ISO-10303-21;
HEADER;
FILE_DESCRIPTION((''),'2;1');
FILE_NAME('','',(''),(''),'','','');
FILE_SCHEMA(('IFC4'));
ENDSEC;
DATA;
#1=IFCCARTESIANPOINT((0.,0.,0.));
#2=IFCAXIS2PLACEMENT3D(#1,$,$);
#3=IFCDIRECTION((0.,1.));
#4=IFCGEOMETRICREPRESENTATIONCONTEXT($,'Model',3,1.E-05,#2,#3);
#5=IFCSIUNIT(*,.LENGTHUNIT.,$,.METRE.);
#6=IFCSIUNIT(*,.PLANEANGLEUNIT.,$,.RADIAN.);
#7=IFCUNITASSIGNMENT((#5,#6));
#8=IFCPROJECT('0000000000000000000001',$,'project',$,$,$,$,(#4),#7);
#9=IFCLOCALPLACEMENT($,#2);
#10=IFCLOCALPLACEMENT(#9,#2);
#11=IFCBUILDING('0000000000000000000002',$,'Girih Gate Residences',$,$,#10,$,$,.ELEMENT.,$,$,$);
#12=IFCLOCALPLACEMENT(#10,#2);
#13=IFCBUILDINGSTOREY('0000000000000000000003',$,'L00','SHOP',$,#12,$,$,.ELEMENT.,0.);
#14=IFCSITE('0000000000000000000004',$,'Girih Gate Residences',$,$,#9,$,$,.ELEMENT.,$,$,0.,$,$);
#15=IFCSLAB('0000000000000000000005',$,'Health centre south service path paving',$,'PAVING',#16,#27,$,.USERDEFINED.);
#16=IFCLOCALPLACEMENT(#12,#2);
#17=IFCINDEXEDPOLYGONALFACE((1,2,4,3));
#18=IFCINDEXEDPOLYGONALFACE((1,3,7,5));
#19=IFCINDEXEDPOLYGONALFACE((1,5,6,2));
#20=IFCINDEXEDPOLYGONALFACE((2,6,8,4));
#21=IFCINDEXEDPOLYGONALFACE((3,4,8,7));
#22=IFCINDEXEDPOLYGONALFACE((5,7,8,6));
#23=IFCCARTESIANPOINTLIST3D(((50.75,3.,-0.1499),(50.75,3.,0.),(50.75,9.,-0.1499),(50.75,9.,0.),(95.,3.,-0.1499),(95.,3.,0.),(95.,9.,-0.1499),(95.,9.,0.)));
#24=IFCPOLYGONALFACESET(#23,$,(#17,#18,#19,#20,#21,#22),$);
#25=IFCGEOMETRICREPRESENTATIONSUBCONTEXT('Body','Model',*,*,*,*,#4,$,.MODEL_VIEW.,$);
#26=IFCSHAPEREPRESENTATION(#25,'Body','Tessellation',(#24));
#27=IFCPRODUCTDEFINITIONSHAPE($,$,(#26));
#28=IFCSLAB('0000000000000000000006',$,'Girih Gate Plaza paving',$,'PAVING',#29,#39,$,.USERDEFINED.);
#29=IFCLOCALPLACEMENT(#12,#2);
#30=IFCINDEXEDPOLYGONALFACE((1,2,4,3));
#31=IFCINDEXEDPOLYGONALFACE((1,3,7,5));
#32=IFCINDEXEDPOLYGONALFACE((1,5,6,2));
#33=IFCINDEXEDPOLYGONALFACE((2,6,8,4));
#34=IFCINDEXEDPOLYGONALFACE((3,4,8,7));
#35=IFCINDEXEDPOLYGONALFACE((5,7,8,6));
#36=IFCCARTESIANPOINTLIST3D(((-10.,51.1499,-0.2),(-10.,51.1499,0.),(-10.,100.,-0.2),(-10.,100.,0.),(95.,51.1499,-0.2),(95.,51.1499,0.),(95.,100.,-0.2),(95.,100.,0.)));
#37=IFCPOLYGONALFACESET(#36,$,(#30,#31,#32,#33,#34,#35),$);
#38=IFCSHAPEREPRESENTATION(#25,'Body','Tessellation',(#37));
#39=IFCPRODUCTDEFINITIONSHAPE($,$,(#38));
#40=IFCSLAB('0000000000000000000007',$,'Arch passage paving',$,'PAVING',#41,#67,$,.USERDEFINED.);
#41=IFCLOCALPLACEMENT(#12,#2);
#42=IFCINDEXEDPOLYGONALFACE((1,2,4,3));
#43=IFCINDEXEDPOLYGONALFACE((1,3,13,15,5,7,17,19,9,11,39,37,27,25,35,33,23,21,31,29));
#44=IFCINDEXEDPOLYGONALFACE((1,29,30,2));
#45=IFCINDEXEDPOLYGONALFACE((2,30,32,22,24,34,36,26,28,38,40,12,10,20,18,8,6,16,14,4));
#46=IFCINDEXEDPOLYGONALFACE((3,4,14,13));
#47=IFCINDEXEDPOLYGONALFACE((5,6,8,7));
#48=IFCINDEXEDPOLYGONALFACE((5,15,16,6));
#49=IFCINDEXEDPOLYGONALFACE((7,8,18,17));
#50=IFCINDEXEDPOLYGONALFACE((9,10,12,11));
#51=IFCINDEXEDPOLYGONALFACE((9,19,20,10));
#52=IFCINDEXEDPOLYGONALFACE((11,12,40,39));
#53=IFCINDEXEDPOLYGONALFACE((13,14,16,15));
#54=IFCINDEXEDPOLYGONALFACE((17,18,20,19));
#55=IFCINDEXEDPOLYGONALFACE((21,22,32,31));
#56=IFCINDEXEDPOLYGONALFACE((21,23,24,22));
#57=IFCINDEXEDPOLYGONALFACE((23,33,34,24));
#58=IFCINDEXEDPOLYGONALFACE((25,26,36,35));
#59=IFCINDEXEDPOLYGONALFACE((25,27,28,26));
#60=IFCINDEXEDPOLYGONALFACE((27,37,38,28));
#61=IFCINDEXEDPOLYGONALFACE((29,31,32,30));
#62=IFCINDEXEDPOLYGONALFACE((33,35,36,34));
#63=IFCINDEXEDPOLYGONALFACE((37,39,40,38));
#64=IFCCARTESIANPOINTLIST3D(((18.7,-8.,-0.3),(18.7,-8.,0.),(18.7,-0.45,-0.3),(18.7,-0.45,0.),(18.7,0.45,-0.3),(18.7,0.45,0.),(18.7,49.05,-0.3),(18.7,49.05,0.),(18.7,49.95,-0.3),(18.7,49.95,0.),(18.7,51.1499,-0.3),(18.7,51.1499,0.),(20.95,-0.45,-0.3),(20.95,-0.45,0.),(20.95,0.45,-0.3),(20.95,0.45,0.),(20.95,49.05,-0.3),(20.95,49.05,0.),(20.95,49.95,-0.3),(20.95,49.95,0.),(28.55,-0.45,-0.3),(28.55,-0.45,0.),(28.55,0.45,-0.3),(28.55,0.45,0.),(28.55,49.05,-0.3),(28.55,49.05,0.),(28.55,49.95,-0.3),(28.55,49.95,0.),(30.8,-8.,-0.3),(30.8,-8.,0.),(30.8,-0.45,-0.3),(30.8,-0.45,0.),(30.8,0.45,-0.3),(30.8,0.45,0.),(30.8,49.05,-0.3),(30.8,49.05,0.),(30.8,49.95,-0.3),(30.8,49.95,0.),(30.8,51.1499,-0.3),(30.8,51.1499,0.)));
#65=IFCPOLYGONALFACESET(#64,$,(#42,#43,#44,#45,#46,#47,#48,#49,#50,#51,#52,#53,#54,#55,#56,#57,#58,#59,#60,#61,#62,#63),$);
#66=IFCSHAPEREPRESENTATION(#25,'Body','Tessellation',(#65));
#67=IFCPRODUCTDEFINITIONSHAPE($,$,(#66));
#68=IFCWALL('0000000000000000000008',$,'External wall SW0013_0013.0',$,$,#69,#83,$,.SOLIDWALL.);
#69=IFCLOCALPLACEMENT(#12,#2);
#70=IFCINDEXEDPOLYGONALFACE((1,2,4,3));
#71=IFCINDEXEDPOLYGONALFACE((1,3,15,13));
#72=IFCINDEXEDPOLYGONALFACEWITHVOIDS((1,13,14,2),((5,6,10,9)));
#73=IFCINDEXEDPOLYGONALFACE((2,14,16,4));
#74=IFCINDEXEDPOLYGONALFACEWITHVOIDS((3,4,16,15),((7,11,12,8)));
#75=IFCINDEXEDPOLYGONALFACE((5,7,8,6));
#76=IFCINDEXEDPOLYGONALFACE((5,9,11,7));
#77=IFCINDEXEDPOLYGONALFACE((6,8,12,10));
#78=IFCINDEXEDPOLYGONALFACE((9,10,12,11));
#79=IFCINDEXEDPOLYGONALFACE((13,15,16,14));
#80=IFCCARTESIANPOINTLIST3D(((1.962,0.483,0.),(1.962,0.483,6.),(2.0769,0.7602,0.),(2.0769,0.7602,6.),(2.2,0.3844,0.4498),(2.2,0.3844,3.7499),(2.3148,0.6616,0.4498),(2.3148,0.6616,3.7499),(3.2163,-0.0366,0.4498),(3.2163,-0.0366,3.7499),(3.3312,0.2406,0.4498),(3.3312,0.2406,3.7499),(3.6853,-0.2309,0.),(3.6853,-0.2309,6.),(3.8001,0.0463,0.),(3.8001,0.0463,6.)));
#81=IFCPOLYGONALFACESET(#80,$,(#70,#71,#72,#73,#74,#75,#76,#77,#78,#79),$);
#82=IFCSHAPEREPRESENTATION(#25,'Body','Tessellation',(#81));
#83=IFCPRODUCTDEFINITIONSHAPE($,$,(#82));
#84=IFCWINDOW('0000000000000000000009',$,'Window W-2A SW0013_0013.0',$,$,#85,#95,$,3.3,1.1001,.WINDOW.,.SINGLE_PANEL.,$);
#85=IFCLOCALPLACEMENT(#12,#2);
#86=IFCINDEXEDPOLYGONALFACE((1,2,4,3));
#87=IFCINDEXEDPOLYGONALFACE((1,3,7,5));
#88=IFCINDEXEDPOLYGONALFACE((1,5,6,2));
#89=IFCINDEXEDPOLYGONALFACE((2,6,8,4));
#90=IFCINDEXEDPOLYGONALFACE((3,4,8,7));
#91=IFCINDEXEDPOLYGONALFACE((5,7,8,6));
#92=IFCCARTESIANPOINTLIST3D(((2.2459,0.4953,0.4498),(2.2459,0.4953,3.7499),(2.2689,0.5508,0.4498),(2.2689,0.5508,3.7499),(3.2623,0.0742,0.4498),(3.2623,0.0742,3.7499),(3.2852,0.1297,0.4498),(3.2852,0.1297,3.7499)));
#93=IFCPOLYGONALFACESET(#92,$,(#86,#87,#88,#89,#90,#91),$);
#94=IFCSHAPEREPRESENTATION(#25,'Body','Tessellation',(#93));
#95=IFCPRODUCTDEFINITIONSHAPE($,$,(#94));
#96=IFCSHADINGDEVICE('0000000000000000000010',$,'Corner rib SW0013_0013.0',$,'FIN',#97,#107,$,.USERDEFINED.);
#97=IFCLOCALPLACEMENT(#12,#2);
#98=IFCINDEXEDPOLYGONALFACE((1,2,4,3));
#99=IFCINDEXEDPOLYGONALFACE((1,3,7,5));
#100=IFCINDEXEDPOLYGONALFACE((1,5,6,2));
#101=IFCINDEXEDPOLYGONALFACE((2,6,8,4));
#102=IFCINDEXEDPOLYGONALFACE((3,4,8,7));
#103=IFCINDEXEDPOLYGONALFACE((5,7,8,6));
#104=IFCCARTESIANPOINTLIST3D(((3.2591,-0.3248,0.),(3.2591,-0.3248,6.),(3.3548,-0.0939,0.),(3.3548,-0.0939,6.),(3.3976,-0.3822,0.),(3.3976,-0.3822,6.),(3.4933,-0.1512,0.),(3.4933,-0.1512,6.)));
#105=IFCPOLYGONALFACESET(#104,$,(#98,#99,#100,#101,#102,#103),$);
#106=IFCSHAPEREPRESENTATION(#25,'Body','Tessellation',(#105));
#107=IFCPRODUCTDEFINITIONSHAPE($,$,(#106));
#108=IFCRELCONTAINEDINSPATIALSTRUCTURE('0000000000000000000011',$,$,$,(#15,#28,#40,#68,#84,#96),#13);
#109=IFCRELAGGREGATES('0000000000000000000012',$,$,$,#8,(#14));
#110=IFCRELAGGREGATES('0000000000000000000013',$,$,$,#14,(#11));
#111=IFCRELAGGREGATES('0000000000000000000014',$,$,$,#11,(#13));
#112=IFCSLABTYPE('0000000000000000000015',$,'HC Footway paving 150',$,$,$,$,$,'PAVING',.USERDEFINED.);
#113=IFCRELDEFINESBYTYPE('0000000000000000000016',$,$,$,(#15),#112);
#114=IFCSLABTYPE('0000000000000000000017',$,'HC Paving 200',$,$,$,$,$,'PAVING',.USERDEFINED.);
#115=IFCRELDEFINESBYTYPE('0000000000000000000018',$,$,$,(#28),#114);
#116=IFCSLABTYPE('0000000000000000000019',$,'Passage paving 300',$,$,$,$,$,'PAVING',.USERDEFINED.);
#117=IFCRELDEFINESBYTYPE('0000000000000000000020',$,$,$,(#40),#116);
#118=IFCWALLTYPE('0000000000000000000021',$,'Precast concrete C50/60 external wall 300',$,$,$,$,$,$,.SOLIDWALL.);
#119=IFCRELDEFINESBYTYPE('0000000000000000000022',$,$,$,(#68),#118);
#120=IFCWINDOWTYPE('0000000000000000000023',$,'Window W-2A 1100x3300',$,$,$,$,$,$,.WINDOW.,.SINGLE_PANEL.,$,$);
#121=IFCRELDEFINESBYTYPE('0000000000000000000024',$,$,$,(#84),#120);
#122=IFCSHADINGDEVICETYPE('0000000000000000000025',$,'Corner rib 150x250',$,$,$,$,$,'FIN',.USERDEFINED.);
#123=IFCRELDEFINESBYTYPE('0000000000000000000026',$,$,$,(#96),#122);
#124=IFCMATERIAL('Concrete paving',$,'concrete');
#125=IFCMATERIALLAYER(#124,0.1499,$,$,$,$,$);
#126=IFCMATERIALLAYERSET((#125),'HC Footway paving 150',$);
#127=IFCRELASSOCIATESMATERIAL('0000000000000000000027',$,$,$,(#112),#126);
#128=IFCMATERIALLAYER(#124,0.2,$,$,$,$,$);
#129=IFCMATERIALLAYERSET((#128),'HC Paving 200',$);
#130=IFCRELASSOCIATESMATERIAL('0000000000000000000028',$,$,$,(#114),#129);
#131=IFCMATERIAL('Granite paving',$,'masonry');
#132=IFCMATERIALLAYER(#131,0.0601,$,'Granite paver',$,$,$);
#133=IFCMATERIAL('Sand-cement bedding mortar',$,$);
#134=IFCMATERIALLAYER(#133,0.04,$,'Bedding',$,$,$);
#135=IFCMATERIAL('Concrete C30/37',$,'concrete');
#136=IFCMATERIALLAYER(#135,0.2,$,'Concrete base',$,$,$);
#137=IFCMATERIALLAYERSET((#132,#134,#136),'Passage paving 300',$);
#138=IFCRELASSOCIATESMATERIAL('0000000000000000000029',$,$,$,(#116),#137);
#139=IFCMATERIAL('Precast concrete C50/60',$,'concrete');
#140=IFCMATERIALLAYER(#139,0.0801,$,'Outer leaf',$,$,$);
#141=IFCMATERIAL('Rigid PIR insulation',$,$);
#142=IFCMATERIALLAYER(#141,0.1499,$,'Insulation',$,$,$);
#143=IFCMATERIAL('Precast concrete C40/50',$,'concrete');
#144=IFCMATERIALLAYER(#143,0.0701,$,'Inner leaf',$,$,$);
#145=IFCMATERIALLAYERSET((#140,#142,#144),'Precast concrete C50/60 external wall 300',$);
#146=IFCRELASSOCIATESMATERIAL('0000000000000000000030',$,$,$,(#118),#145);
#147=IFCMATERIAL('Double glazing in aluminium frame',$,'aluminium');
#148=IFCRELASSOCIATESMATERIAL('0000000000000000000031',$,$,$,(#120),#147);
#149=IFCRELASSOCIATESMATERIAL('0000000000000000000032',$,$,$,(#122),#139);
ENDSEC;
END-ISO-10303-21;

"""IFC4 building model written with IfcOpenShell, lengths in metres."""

from ifc_helpers import new_model, si_unit, direction, frame, frame_2d, origin, origin_2d, place, context, subcontext, project, spatial, polyline, rectangle, outline, extrude, material, layer, layer_set, type_object, element, fill, save


model = new_model("IFC4")

# Units and contexts
model_context = context("Model", 3, precision=1e-05, world=origin(), true_north=direction((0.0, 1.0)))
body_context = subcontext(model_context, "Body", "Model", "MODEL_VIEW")
ifc_project = project(units=[si_unit("LENGTHUNIT", "METRE"), si_unit("PLANEANGLEUNIT", "RADIAN")], contexts=[model_context])

# Site, building, storey
site_placement = place(None, origin())
site = spatial("IfcSite", under=ifc_project, at=site_placement, Name="Girih Gate Residences", CompositionType="ELEMENT", RefElevation=0.0)
building_placement = place(site_placement, origin())
building = spatial("IfcBuilding", under=site, at=building_placement, Name="Girih Gate Residences", CompositionType="ELEMENT")
storey_placement = place(building_placement, origin())
storey = spatial("IfcBuildingStorey", under=building, at=storey_placement, Name="L00", Description="SHOP", CompositionType="ELEMENT", Elevation=0.0)

# Slabs
ifc_material_1 = material(Name="Granite paving", Category="masonry")
ifc_material_2 = material(Name="Sand-cement bedding mortar")
ifc_material_3 = material(Name="Concrete C30/37", Category="concrete")
ifc_material_4 = material(Name="Concrete paving", Category="concrete")
ifc_layer_1 = layer(ifc_material_4, 0.1499)
ifc_layer_set_1 = layer_set([ifc_layer_1], Name="HC Footway paving 150")
slab_type_1 = type_object("IfcSlabType", Name="HC Footway paving 150", ElementType="PAVING", PredefinedType="USERDEFINED", material=ifc_layer_set_1)
slab_1_placement = place(storey_placement, frame((0.0, 0.0, -0.1499)))
element("IfcSlab", 1, at=slab_1_placement, inside=storey, type_object=slab_type_1, Name="Health centre south service path paving", ObjectType="PAVING", PredefinedType="USERDEFINED", context=body_context, shape_type="SweptSolid", body=[
    extrude(outline(polyline([(50.75, 3.0), (95.0, 3.0), (95.0, 9.0), (50.75, 9.0), (50.75, 3.0)])), origin(), (0.0, 0.0, 1.0), 0.1499),
])
ifc_layer_2 = layer(ifc_material_4, 0.2)
ifc_layer_set_2 = layer_set([ifc_layer_2], Name="HC Paving 200")
slab_type_2 = type_object("IfcSlabType", Name="HC Paving 200", ElementType="PAVING", PredefinedType="USERDEFINED", material=ifc_layer_set_2)
slab_2_placement = place(storey_placement, frame((0.0, 0.0, -0.2)))
element("IfcSlab", 2, at=slab_2_placement, inside=storey, type_object=slab_type_2, Name="Girih Gate Plaza paving", ObjectType="PAVING", PredefinedType="USERDEFINED", context=body_context, shape_type="SweptSolid", body=[
    extrude(outline(polyline([(-10.0, 51.1499), (95.0, 51.1499), (95.0, 100.0), (-10.0, 100.0), (-10.0, 51.1499)])), origin(), (0.0, 0.0, 1.0), 0.2),
])
ifc_layer_3 = layer(ifc_material_1, 0.0601, Name="Granite paver")
ifc_layer_4 = layer(ifc_material_2, 0.04, Name="Bedding")
ifc_layer_5 = layer(ifc_material_3, 0.2, Name="Concrete base")
ifc_layer_set_3 = layer_set([ifc_layer_3, ifc_layer_4, ifc_layer_5], Name="Passage paving 300")
slab_type_3 = type_object("IfcSlabType", Name="Passage paving 300", ElementType="PAVING", PredefinedType="USERDEFINED", material=ifc_layer_set_3)
slab_3_placement = place(storey_placement, frame((0.0, 0.0, -0.3)))
element("IfcSlab", 3, at=slab_3_placement, inside=storey, type_object=slab_type_3, Name="Arch passage paving", ObjectType="PAVING", PredefinedType="USERDEFINED", context=body_context, shape_type="SweptSolid", body=[
    extrude(outline(polyline([(28.55, 0.45), (28.55, -0.45), (30.8, -0.45), (30.8, -8.0), (18.7, -8.0), (18.7, -0.45), (20.95, -0.45), (20.95, 0.45), (18.7, 0.45), (18.7, 49.05), (20.95, 49.05), (20.95, 49.95), (18.7, 49.95), (18.7, 51.1499), (30.8, 51.1499), (30.8, 49.95), (28.55, 49.95), (28.55, 49.05), (30.8, 49.05), (30.8, 0.45), (28.55, 0.45)])), origin(), (0.0, 0.0, 1.0), 0.3),
])

# Wall, opening, window
ifc_material_5 = material(Name="Precast concrete C50/60", Category="concrete")
ifc_layer_6 = layer(ifc_material_5, 0.0801, Name="Outer leaf")
ifc_material_6 = material(Name="Rigid PIR insulation")
ifc_layer_7 = layer(ifc_material_6, 0.1499, Name="Insulation")
ifc_material_7 = material(Name="Precast concrete C40/50", Category="concrete")
ifc_layer_8 = layer(ifc_material_7, 0.0701, Name="Inner leaf")
ifc_layer_set_4 = layer_set([ifc_layer_6, ifc_layer_7, ifc_layer_8], Name="Precast concrete C50/60 external wall 300")
wall_type = type_object("IfcWallType", Name="Precast concrete C50/60 external wall 300", PredefinedType="SOLIDWALL", material=ifc_layer_set_4)
wall_placement = place(storey_placement, frame((3.7427, -0.0923, 0.0), z_axis=(0.0, 0.0, 1.0), x_axis=(-0.923857, 0.382737, 0.0)))
wall = element("IfcWall", 4, at=wall_placement, inside=storey, type_object=wall_type, Name="External wall SW0013_0013.0", PredefinedType="SOLIDWALL", context=body_context, shape_type="SweptSolid", body=[
    extrude(rectangle(XDim=1.8652, YDim=0.3, at=frame_2d((0.9326, 0.0))), origin(), (0.0, 0.0, 1.0), 6.0),
])
opening_placement = place(wall_placement, frame((0.5076, 0.0, 0.45)))
opening = element("IfcOpeningElement", 5, at=opening_placement, cuts=wall, PredefinedType="OPENING", context=body_context, shape_type="SweptSolid", body=[
    extrude(rectangle(XDim=1.1001, YDim=3.3, at=frame_2d((0.55, 1.6499))), frame((0.0, 0.1599, 0.0), z_axis=(0.0, -1.0, 0.0), x_axis=(1.0, 0.0, 0.0)), (0.0, 0.0, 1.0), 0.3201),
])
ifc_material_8 = material(Name="Double glazing in aluminium frame", Category="aluminium")
window_type = type_object("IfcWindowType", Name="Window W-2A 1100x3300", PartitioningType="SINGLE_PANEL", PredefinedType="WINDOW", material=ifc_material_8)
window_placement = place(opening_placement, origin())
window = element("IfcWindow", 6, at=window_placement, inside=storey, type_object=window_type, Name="Window W-2A SW0013_0013.0", OverallHeight=3.3, OverallWidth=1.1001, PartitioningType="SINGLE_PANEL", PredefinedType="WINDOW", context=body_context, shape_type="SweptSolid", body=[
    extrude(rectangle(XDim=1.1001, YDim=3.3, at=frame_2d((0.55, 1.6499))), frame((0.0, 0.03, 0.0), z_axis=(0.0, -1.0, 0.0), x_axis=(1.0, 0.0, 0.0)), (0.0, 0.0, 1.0), 0.0601),
])
fill(opening, window)

# Shading device
shading_device_type = type_object("IfcShadingDeviceType", Name="Corner rib 150x250", ElementType="FIN", PredefinedType="USERDEFINED", material=ifc_material_5)
shading_device_placement = place(storey_placement, frame((3.3762, -0.238, 0.0), z_axis=(0.0, 0.0, 1.0), x_axis=(0.92388, -0.382683, 0.0)))
element("IfcShadingDevice", 7, at=shading_device_placement, inside=storey, type_object=shading_device_type, Name="Corner rib SW0013_0013.0", ObjectType="FIN", PredefinedType="USERDEFINED", context=body_context, shape_type="SweptSolid", body=[
    extrude(rectangle(XDim=0.1499, YDim=0.25, at=origin_2d()), origin(), (0.0, 0.0, 1.0), 6.0),
])

save(model, "model.ifc")
